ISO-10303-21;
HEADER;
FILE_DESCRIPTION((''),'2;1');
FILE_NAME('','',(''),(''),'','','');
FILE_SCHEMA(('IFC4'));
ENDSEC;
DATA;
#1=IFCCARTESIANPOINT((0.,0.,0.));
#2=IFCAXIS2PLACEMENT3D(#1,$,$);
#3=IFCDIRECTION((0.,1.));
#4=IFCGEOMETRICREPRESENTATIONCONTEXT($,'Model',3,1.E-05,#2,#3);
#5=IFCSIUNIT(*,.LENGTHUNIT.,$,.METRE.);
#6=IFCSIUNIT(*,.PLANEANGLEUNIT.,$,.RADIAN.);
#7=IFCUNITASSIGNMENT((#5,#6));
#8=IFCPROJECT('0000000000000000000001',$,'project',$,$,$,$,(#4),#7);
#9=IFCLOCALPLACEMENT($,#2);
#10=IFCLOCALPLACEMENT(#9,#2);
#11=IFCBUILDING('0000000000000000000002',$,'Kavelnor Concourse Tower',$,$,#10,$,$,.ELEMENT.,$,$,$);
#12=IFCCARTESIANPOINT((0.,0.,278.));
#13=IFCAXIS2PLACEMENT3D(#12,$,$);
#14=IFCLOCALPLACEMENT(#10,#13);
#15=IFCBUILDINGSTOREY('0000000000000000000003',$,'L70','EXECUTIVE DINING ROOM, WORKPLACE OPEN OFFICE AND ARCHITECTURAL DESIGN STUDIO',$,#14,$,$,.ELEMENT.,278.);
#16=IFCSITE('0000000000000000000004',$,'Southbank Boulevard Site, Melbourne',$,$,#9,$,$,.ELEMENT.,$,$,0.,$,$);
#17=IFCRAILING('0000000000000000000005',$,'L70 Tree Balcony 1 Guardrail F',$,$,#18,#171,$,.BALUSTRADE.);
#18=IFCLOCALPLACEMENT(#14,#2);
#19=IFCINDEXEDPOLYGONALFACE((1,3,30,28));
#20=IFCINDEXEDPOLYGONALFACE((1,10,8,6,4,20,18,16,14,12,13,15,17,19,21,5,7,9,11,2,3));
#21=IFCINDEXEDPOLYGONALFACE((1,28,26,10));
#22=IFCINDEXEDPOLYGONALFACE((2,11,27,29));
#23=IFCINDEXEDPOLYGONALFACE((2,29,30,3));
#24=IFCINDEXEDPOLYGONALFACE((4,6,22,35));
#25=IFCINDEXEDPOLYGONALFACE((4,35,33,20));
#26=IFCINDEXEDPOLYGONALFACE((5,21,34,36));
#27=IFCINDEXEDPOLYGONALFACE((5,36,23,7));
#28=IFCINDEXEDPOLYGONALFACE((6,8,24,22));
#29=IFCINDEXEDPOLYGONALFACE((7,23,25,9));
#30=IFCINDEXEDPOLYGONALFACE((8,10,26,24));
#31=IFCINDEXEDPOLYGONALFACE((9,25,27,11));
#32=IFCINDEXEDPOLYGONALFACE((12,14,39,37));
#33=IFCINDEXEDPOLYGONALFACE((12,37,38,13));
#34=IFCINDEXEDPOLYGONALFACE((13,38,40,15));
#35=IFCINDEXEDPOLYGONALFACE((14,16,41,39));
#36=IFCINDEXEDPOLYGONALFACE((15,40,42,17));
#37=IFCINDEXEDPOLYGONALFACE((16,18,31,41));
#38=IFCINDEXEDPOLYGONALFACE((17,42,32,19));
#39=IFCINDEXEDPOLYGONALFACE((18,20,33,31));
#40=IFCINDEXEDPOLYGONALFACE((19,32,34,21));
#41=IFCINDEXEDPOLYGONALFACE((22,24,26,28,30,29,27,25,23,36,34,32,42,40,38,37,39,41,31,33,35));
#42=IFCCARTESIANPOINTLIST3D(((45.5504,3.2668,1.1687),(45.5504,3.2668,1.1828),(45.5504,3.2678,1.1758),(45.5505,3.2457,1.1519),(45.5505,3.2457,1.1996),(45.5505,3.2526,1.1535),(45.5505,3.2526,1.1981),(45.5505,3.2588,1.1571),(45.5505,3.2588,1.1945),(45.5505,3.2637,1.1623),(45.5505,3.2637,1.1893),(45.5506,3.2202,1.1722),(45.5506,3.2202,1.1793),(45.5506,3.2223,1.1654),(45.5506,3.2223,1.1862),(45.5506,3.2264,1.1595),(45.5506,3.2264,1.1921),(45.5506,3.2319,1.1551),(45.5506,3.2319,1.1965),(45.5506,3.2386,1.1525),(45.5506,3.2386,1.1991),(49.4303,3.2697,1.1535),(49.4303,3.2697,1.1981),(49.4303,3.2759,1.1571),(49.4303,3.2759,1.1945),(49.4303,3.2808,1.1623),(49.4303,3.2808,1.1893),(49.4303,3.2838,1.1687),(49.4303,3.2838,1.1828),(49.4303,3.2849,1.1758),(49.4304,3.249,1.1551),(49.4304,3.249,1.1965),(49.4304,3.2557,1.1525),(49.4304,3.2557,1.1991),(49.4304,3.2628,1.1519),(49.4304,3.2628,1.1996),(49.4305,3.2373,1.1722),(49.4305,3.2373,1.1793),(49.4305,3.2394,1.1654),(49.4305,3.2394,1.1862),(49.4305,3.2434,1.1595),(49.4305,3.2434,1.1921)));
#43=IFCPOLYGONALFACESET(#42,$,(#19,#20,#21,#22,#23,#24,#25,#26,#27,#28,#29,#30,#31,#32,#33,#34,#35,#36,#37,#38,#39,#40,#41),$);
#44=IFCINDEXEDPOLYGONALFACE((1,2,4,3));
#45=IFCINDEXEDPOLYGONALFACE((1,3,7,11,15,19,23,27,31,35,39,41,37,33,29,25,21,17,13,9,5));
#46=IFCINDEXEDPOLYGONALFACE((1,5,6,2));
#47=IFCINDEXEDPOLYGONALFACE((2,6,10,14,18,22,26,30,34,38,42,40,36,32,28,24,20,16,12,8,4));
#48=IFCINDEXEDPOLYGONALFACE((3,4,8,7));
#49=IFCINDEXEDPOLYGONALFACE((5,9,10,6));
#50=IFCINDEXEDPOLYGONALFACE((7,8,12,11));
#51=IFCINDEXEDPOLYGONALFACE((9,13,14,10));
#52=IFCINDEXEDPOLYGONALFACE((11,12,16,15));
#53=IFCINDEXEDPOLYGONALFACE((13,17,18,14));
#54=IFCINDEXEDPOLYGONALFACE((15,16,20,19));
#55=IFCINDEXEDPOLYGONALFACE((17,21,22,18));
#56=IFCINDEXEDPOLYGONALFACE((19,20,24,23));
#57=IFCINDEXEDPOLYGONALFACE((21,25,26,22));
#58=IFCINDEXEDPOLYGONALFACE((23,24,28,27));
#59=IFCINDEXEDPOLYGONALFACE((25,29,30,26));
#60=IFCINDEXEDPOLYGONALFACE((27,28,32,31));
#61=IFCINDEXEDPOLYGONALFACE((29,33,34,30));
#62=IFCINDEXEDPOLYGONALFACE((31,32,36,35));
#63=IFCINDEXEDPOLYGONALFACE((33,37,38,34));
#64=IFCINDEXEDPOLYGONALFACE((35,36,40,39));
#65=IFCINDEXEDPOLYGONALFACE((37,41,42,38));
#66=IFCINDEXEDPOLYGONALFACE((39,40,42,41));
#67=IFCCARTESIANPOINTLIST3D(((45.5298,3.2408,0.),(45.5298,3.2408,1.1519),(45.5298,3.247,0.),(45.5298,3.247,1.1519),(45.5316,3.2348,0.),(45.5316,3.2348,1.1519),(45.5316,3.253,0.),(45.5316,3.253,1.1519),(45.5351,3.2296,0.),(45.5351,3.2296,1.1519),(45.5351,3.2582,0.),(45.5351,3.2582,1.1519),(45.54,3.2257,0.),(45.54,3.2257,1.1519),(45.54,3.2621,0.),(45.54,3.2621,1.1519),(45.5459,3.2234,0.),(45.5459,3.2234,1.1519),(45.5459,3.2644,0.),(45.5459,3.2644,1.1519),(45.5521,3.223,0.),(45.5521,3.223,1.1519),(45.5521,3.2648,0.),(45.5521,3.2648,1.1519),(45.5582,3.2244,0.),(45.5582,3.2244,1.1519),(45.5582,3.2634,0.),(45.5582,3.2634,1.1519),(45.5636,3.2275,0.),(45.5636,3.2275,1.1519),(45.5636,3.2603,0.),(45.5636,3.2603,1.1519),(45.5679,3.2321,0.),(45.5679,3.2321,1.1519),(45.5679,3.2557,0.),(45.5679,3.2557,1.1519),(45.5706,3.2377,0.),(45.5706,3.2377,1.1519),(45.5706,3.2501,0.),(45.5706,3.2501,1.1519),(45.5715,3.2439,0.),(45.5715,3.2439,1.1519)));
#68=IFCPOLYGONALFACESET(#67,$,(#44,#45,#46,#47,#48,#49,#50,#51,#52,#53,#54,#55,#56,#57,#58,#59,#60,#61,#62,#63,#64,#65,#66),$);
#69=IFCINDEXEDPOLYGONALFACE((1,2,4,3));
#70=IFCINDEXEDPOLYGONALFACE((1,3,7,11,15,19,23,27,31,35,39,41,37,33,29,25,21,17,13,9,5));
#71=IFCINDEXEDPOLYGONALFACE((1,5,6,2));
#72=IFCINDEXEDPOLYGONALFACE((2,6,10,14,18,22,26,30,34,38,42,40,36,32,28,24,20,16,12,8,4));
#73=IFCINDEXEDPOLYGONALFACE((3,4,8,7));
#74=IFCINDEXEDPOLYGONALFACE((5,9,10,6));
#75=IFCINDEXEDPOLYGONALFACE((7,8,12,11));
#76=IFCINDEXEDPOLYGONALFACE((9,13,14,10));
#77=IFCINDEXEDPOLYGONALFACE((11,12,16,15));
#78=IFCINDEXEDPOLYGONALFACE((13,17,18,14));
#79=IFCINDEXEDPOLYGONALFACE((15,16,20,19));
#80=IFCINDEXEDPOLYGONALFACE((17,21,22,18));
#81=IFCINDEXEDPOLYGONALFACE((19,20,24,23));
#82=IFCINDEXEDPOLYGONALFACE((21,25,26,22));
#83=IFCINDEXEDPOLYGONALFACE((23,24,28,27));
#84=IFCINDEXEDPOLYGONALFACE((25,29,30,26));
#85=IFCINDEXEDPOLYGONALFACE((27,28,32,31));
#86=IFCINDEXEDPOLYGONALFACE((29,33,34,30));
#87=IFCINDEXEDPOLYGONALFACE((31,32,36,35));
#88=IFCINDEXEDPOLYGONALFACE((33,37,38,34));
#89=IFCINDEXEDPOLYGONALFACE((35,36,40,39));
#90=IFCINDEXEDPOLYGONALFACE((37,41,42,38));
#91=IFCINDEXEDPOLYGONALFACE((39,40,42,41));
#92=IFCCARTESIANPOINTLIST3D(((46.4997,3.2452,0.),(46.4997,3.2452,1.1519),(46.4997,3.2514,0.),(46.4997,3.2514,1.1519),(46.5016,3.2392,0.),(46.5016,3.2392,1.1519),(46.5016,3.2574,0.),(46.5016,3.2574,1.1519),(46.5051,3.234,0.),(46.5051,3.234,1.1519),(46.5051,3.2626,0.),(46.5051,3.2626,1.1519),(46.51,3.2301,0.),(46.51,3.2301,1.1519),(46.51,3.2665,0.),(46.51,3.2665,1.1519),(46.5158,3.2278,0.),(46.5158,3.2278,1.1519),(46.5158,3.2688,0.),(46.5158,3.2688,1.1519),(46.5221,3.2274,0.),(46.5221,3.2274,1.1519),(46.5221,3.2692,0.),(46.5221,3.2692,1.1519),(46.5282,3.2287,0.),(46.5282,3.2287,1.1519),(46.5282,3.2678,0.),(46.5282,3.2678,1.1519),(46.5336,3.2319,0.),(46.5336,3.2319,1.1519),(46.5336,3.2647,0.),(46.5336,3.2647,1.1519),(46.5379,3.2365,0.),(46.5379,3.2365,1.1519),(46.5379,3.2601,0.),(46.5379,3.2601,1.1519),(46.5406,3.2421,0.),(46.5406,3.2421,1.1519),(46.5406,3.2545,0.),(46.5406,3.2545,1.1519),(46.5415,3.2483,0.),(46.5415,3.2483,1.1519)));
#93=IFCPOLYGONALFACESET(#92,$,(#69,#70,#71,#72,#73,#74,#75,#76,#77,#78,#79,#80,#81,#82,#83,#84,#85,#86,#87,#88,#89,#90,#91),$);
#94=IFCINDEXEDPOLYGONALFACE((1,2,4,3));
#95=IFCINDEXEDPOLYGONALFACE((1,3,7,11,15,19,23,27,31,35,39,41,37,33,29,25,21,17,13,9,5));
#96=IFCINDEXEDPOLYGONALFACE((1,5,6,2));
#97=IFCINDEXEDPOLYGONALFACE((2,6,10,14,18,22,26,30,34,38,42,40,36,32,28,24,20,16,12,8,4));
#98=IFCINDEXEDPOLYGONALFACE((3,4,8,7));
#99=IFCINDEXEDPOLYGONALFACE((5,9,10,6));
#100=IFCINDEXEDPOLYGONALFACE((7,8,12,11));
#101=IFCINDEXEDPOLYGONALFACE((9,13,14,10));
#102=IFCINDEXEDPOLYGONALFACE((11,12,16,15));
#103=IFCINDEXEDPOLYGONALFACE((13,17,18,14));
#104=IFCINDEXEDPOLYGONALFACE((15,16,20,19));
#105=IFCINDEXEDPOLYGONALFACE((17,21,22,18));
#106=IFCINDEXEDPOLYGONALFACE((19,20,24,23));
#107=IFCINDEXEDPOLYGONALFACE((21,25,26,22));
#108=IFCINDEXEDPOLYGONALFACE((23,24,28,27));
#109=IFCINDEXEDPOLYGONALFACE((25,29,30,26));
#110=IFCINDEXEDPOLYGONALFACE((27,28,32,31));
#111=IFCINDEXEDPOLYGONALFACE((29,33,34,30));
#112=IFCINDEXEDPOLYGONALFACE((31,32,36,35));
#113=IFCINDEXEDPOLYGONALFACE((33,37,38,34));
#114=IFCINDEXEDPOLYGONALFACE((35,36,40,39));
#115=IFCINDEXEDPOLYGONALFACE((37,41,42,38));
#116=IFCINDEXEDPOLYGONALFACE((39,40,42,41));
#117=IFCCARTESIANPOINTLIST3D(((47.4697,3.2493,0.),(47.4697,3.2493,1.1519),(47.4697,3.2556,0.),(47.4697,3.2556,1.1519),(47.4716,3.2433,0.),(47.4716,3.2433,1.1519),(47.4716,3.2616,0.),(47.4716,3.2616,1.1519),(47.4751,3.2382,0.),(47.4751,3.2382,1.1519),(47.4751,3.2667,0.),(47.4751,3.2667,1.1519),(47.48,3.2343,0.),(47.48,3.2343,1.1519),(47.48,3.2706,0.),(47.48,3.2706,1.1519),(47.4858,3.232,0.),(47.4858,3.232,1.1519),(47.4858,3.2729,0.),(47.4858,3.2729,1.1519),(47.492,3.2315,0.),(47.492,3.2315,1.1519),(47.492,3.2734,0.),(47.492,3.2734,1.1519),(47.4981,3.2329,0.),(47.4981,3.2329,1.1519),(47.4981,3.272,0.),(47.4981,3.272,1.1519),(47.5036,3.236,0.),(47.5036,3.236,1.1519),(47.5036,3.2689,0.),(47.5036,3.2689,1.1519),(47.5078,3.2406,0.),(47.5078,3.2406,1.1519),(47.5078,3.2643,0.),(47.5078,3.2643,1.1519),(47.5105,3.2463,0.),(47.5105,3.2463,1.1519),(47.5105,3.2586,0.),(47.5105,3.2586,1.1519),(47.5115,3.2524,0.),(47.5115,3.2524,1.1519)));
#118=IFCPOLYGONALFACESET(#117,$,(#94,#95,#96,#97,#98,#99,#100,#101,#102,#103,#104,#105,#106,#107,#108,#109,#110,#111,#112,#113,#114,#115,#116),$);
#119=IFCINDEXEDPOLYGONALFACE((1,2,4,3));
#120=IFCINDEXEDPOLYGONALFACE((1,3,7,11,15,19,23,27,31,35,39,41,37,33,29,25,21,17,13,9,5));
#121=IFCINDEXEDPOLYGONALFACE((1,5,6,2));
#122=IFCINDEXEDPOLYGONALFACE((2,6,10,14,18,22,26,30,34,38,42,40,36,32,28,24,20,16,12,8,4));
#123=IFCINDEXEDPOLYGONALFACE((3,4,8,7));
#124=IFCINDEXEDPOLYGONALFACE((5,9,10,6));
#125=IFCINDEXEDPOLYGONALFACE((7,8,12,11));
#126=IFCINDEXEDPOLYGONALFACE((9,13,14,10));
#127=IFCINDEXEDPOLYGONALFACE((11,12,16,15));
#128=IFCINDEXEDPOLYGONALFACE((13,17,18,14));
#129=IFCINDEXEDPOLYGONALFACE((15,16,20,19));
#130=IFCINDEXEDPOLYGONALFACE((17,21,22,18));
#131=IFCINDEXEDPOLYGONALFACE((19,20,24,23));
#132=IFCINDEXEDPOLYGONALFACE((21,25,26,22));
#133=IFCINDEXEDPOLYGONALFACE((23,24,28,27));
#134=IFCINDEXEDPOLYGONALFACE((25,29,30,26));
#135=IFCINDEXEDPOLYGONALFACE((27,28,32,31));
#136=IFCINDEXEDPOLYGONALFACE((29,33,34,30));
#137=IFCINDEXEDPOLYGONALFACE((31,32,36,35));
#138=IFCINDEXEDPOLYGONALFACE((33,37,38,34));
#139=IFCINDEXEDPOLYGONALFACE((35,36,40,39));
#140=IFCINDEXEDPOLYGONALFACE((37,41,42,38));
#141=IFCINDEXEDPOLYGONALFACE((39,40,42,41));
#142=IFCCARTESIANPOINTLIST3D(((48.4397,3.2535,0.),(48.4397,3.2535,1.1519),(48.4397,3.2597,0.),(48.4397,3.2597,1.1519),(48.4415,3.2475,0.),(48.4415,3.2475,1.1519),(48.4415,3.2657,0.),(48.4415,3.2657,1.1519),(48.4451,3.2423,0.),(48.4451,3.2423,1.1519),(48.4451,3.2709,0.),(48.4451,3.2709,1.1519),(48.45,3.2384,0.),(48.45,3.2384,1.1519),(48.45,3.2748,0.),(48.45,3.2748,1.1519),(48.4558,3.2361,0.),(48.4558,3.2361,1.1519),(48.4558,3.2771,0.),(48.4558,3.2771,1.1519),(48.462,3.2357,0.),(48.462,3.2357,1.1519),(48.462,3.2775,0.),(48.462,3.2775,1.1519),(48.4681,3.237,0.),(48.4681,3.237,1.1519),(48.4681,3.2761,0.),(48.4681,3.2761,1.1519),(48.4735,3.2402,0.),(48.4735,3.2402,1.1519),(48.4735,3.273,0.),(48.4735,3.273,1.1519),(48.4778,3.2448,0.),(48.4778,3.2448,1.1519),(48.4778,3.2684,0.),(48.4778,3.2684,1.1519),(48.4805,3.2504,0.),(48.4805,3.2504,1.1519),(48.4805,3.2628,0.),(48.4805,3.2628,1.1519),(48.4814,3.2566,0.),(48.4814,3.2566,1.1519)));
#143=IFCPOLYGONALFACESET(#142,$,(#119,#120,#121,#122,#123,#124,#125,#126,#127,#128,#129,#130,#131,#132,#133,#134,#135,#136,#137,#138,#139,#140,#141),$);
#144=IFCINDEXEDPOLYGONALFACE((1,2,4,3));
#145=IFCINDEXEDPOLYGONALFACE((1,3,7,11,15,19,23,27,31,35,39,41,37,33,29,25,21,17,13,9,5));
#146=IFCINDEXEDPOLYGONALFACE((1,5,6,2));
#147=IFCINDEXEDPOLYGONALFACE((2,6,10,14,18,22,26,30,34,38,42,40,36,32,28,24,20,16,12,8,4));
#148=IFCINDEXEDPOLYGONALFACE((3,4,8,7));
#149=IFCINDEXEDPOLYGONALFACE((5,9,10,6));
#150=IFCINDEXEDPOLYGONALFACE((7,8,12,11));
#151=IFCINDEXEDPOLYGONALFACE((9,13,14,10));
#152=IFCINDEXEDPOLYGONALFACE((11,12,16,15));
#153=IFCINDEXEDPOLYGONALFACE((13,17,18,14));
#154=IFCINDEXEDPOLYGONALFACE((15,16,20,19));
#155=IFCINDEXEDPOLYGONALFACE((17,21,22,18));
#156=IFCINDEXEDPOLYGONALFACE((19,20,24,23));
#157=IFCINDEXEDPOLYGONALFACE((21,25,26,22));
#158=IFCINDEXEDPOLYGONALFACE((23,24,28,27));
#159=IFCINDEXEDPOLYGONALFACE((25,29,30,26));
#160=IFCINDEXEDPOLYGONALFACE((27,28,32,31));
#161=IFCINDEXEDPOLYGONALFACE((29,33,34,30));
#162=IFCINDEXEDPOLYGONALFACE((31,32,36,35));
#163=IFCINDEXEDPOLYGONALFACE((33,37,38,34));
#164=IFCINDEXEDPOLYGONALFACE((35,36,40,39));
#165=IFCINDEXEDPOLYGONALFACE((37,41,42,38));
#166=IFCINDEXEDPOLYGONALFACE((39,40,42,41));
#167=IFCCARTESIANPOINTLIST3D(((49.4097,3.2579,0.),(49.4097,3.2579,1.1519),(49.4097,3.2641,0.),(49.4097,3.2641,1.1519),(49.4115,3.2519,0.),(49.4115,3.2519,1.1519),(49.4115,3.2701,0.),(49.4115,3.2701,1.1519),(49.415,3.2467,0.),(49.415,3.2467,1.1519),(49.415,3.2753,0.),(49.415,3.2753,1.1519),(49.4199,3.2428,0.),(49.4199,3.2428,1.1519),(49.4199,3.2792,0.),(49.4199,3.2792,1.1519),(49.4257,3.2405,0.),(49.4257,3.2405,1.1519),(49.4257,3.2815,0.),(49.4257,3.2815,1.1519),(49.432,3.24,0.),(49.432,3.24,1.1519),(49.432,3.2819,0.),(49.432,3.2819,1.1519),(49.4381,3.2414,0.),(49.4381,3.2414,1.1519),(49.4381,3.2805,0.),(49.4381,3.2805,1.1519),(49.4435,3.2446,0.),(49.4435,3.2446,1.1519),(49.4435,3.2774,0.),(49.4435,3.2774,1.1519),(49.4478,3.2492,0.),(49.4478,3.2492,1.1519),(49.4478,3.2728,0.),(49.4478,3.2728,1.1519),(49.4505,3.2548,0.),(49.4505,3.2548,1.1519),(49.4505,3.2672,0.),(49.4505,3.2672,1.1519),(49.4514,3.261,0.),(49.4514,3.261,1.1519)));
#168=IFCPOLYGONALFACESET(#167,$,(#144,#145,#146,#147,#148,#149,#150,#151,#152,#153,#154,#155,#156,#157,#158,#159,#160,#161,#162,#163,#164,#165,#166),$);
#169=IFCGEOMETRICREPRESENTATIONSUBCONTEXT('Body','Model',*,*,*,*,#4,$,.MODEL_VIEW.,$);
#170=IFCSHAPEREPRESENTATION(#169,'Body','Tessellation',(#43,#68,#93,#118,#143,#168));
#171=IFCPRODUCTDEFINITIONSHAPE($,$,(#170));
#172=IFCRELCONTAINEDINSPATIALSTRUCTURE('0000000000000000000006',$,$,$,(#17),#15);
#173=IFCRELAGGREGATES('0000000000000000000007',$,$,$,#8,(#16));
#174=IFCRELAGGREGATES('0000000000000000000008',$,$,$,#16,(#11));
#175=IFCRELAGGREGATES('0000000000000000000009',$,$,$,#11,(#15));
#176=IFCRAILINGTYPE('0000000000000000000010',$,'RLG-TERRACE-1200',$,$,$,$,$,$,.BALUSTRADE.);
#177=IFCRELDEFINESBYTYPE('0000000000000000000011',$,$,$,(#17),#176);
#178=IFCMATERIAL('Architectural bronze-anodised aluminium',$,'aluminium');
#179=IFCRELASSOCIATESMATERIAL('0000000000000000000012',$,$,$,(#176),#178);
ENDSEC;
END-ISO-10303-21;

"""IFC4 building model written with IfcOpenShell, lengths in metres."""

from ifc_helpers import new_model, si_unit, direction, frame, origin, origin_2d, place, context, subcontext, project, spatial, circle, extrude, material, type_object, element, save


model = new_model("IFC4")

# Units and contexts
model_context = context("Model", 3, precision=1e-05, world=origin(), true_north=direction((0.0, 1.0)))
body_context = subcontext(model_context, "Body", "Model", "MODEL_VIEW")
ifc_project = project(units=[si_unit("LENGTHUNIT", "METRE"), si_unit("PLANEANGLEUNIT", "RADIAN")], contexts=[model_context])

# Site, building, storey
site_placement = place(None, origin())
site = spatial("IfcSite", under=ifc_project, at=site_placement, Name="Southbank Boulevard Site, Melbourne", CompositionType="ELEMENT", RefElevation=0.0)
building_placement = place(site_placement, origin())
building = spatial("IfcBuilding", under=site, at=building_placement, Name="Kavelnor Concourse Tower", CompositionType="ELEMENT")
storey_placement = place(building_placement, frame((0.0, 0.0, 278.0)))
storey = spatial("IfcBuildingStorey", under=building, at=storey_placement, Name="L70", Description="EXECUTIVE DINING ROOM, WORKPLACE OPEN OFFICE AND ARCHITECTURAL DESIGN STUDIO", CompositionType="ELEMENT", Elevation=278.0)

# Railing
ifc_material_1 = material(Name="Architectural bronze-anodised aluminium", Category="aluminium")
railing_type_1 = type_object("IfcRailingType", Name="RLG-TERRACE-1200", PredefinedType="BALUSTRADE", material=ifc_material_1)
railing_1_placement = place(storey_placement, frame((45.5505, 3.2439, 0.0)))
element("IfcRailing", 1, at=railing_1_placement, inside=storey, type_object=railing_type_1, Name="L70 Tree Balcony 1 Guardrail F", PredefinedType="BALUSTRADE", context=body_context, shape_type="SweptSolid", body=[
    extrude(circle(Radius=0.0239, at=origin_2d()), frame((0.0, 0.0, 1.1758), z_axis=(0.99999, 0.004405, 0.0), x_axis=(-0.004405, 0.99999, 0.0)), (0.0, 0.0, 1.0), 3.8799),
    extrude(circle(Radius=0.021, at=origin_2d()), origin(), (0.0, 0.0, 1.0), 1.1519),
    extrude(circle(Radius=0.021, at=origin_2d()), frame((0.97, 0.0044, 0.0)), (0.0, 0.0, 1.0), 1.1519),
    extrude(circle(Radius=0.021, at=origin_2d()), frame((1.9399, 0.0085, 0.0)), (0.0, 0.0, 1.0), 1.1519),
    extrude(circle(Radius=0.021, at=origin_2d()), frame((2.9099, 0.0127, 0.0)), (0.0, 0.0, 1.0), 1.1519),
    extrude(circle(Radius=0.021, at=origin_2d()), frame((3.8799, 0.0171, 0.0)), (0.0, 0.0, 1.0), 1.1519),
])

save(model, "model.ifc")
